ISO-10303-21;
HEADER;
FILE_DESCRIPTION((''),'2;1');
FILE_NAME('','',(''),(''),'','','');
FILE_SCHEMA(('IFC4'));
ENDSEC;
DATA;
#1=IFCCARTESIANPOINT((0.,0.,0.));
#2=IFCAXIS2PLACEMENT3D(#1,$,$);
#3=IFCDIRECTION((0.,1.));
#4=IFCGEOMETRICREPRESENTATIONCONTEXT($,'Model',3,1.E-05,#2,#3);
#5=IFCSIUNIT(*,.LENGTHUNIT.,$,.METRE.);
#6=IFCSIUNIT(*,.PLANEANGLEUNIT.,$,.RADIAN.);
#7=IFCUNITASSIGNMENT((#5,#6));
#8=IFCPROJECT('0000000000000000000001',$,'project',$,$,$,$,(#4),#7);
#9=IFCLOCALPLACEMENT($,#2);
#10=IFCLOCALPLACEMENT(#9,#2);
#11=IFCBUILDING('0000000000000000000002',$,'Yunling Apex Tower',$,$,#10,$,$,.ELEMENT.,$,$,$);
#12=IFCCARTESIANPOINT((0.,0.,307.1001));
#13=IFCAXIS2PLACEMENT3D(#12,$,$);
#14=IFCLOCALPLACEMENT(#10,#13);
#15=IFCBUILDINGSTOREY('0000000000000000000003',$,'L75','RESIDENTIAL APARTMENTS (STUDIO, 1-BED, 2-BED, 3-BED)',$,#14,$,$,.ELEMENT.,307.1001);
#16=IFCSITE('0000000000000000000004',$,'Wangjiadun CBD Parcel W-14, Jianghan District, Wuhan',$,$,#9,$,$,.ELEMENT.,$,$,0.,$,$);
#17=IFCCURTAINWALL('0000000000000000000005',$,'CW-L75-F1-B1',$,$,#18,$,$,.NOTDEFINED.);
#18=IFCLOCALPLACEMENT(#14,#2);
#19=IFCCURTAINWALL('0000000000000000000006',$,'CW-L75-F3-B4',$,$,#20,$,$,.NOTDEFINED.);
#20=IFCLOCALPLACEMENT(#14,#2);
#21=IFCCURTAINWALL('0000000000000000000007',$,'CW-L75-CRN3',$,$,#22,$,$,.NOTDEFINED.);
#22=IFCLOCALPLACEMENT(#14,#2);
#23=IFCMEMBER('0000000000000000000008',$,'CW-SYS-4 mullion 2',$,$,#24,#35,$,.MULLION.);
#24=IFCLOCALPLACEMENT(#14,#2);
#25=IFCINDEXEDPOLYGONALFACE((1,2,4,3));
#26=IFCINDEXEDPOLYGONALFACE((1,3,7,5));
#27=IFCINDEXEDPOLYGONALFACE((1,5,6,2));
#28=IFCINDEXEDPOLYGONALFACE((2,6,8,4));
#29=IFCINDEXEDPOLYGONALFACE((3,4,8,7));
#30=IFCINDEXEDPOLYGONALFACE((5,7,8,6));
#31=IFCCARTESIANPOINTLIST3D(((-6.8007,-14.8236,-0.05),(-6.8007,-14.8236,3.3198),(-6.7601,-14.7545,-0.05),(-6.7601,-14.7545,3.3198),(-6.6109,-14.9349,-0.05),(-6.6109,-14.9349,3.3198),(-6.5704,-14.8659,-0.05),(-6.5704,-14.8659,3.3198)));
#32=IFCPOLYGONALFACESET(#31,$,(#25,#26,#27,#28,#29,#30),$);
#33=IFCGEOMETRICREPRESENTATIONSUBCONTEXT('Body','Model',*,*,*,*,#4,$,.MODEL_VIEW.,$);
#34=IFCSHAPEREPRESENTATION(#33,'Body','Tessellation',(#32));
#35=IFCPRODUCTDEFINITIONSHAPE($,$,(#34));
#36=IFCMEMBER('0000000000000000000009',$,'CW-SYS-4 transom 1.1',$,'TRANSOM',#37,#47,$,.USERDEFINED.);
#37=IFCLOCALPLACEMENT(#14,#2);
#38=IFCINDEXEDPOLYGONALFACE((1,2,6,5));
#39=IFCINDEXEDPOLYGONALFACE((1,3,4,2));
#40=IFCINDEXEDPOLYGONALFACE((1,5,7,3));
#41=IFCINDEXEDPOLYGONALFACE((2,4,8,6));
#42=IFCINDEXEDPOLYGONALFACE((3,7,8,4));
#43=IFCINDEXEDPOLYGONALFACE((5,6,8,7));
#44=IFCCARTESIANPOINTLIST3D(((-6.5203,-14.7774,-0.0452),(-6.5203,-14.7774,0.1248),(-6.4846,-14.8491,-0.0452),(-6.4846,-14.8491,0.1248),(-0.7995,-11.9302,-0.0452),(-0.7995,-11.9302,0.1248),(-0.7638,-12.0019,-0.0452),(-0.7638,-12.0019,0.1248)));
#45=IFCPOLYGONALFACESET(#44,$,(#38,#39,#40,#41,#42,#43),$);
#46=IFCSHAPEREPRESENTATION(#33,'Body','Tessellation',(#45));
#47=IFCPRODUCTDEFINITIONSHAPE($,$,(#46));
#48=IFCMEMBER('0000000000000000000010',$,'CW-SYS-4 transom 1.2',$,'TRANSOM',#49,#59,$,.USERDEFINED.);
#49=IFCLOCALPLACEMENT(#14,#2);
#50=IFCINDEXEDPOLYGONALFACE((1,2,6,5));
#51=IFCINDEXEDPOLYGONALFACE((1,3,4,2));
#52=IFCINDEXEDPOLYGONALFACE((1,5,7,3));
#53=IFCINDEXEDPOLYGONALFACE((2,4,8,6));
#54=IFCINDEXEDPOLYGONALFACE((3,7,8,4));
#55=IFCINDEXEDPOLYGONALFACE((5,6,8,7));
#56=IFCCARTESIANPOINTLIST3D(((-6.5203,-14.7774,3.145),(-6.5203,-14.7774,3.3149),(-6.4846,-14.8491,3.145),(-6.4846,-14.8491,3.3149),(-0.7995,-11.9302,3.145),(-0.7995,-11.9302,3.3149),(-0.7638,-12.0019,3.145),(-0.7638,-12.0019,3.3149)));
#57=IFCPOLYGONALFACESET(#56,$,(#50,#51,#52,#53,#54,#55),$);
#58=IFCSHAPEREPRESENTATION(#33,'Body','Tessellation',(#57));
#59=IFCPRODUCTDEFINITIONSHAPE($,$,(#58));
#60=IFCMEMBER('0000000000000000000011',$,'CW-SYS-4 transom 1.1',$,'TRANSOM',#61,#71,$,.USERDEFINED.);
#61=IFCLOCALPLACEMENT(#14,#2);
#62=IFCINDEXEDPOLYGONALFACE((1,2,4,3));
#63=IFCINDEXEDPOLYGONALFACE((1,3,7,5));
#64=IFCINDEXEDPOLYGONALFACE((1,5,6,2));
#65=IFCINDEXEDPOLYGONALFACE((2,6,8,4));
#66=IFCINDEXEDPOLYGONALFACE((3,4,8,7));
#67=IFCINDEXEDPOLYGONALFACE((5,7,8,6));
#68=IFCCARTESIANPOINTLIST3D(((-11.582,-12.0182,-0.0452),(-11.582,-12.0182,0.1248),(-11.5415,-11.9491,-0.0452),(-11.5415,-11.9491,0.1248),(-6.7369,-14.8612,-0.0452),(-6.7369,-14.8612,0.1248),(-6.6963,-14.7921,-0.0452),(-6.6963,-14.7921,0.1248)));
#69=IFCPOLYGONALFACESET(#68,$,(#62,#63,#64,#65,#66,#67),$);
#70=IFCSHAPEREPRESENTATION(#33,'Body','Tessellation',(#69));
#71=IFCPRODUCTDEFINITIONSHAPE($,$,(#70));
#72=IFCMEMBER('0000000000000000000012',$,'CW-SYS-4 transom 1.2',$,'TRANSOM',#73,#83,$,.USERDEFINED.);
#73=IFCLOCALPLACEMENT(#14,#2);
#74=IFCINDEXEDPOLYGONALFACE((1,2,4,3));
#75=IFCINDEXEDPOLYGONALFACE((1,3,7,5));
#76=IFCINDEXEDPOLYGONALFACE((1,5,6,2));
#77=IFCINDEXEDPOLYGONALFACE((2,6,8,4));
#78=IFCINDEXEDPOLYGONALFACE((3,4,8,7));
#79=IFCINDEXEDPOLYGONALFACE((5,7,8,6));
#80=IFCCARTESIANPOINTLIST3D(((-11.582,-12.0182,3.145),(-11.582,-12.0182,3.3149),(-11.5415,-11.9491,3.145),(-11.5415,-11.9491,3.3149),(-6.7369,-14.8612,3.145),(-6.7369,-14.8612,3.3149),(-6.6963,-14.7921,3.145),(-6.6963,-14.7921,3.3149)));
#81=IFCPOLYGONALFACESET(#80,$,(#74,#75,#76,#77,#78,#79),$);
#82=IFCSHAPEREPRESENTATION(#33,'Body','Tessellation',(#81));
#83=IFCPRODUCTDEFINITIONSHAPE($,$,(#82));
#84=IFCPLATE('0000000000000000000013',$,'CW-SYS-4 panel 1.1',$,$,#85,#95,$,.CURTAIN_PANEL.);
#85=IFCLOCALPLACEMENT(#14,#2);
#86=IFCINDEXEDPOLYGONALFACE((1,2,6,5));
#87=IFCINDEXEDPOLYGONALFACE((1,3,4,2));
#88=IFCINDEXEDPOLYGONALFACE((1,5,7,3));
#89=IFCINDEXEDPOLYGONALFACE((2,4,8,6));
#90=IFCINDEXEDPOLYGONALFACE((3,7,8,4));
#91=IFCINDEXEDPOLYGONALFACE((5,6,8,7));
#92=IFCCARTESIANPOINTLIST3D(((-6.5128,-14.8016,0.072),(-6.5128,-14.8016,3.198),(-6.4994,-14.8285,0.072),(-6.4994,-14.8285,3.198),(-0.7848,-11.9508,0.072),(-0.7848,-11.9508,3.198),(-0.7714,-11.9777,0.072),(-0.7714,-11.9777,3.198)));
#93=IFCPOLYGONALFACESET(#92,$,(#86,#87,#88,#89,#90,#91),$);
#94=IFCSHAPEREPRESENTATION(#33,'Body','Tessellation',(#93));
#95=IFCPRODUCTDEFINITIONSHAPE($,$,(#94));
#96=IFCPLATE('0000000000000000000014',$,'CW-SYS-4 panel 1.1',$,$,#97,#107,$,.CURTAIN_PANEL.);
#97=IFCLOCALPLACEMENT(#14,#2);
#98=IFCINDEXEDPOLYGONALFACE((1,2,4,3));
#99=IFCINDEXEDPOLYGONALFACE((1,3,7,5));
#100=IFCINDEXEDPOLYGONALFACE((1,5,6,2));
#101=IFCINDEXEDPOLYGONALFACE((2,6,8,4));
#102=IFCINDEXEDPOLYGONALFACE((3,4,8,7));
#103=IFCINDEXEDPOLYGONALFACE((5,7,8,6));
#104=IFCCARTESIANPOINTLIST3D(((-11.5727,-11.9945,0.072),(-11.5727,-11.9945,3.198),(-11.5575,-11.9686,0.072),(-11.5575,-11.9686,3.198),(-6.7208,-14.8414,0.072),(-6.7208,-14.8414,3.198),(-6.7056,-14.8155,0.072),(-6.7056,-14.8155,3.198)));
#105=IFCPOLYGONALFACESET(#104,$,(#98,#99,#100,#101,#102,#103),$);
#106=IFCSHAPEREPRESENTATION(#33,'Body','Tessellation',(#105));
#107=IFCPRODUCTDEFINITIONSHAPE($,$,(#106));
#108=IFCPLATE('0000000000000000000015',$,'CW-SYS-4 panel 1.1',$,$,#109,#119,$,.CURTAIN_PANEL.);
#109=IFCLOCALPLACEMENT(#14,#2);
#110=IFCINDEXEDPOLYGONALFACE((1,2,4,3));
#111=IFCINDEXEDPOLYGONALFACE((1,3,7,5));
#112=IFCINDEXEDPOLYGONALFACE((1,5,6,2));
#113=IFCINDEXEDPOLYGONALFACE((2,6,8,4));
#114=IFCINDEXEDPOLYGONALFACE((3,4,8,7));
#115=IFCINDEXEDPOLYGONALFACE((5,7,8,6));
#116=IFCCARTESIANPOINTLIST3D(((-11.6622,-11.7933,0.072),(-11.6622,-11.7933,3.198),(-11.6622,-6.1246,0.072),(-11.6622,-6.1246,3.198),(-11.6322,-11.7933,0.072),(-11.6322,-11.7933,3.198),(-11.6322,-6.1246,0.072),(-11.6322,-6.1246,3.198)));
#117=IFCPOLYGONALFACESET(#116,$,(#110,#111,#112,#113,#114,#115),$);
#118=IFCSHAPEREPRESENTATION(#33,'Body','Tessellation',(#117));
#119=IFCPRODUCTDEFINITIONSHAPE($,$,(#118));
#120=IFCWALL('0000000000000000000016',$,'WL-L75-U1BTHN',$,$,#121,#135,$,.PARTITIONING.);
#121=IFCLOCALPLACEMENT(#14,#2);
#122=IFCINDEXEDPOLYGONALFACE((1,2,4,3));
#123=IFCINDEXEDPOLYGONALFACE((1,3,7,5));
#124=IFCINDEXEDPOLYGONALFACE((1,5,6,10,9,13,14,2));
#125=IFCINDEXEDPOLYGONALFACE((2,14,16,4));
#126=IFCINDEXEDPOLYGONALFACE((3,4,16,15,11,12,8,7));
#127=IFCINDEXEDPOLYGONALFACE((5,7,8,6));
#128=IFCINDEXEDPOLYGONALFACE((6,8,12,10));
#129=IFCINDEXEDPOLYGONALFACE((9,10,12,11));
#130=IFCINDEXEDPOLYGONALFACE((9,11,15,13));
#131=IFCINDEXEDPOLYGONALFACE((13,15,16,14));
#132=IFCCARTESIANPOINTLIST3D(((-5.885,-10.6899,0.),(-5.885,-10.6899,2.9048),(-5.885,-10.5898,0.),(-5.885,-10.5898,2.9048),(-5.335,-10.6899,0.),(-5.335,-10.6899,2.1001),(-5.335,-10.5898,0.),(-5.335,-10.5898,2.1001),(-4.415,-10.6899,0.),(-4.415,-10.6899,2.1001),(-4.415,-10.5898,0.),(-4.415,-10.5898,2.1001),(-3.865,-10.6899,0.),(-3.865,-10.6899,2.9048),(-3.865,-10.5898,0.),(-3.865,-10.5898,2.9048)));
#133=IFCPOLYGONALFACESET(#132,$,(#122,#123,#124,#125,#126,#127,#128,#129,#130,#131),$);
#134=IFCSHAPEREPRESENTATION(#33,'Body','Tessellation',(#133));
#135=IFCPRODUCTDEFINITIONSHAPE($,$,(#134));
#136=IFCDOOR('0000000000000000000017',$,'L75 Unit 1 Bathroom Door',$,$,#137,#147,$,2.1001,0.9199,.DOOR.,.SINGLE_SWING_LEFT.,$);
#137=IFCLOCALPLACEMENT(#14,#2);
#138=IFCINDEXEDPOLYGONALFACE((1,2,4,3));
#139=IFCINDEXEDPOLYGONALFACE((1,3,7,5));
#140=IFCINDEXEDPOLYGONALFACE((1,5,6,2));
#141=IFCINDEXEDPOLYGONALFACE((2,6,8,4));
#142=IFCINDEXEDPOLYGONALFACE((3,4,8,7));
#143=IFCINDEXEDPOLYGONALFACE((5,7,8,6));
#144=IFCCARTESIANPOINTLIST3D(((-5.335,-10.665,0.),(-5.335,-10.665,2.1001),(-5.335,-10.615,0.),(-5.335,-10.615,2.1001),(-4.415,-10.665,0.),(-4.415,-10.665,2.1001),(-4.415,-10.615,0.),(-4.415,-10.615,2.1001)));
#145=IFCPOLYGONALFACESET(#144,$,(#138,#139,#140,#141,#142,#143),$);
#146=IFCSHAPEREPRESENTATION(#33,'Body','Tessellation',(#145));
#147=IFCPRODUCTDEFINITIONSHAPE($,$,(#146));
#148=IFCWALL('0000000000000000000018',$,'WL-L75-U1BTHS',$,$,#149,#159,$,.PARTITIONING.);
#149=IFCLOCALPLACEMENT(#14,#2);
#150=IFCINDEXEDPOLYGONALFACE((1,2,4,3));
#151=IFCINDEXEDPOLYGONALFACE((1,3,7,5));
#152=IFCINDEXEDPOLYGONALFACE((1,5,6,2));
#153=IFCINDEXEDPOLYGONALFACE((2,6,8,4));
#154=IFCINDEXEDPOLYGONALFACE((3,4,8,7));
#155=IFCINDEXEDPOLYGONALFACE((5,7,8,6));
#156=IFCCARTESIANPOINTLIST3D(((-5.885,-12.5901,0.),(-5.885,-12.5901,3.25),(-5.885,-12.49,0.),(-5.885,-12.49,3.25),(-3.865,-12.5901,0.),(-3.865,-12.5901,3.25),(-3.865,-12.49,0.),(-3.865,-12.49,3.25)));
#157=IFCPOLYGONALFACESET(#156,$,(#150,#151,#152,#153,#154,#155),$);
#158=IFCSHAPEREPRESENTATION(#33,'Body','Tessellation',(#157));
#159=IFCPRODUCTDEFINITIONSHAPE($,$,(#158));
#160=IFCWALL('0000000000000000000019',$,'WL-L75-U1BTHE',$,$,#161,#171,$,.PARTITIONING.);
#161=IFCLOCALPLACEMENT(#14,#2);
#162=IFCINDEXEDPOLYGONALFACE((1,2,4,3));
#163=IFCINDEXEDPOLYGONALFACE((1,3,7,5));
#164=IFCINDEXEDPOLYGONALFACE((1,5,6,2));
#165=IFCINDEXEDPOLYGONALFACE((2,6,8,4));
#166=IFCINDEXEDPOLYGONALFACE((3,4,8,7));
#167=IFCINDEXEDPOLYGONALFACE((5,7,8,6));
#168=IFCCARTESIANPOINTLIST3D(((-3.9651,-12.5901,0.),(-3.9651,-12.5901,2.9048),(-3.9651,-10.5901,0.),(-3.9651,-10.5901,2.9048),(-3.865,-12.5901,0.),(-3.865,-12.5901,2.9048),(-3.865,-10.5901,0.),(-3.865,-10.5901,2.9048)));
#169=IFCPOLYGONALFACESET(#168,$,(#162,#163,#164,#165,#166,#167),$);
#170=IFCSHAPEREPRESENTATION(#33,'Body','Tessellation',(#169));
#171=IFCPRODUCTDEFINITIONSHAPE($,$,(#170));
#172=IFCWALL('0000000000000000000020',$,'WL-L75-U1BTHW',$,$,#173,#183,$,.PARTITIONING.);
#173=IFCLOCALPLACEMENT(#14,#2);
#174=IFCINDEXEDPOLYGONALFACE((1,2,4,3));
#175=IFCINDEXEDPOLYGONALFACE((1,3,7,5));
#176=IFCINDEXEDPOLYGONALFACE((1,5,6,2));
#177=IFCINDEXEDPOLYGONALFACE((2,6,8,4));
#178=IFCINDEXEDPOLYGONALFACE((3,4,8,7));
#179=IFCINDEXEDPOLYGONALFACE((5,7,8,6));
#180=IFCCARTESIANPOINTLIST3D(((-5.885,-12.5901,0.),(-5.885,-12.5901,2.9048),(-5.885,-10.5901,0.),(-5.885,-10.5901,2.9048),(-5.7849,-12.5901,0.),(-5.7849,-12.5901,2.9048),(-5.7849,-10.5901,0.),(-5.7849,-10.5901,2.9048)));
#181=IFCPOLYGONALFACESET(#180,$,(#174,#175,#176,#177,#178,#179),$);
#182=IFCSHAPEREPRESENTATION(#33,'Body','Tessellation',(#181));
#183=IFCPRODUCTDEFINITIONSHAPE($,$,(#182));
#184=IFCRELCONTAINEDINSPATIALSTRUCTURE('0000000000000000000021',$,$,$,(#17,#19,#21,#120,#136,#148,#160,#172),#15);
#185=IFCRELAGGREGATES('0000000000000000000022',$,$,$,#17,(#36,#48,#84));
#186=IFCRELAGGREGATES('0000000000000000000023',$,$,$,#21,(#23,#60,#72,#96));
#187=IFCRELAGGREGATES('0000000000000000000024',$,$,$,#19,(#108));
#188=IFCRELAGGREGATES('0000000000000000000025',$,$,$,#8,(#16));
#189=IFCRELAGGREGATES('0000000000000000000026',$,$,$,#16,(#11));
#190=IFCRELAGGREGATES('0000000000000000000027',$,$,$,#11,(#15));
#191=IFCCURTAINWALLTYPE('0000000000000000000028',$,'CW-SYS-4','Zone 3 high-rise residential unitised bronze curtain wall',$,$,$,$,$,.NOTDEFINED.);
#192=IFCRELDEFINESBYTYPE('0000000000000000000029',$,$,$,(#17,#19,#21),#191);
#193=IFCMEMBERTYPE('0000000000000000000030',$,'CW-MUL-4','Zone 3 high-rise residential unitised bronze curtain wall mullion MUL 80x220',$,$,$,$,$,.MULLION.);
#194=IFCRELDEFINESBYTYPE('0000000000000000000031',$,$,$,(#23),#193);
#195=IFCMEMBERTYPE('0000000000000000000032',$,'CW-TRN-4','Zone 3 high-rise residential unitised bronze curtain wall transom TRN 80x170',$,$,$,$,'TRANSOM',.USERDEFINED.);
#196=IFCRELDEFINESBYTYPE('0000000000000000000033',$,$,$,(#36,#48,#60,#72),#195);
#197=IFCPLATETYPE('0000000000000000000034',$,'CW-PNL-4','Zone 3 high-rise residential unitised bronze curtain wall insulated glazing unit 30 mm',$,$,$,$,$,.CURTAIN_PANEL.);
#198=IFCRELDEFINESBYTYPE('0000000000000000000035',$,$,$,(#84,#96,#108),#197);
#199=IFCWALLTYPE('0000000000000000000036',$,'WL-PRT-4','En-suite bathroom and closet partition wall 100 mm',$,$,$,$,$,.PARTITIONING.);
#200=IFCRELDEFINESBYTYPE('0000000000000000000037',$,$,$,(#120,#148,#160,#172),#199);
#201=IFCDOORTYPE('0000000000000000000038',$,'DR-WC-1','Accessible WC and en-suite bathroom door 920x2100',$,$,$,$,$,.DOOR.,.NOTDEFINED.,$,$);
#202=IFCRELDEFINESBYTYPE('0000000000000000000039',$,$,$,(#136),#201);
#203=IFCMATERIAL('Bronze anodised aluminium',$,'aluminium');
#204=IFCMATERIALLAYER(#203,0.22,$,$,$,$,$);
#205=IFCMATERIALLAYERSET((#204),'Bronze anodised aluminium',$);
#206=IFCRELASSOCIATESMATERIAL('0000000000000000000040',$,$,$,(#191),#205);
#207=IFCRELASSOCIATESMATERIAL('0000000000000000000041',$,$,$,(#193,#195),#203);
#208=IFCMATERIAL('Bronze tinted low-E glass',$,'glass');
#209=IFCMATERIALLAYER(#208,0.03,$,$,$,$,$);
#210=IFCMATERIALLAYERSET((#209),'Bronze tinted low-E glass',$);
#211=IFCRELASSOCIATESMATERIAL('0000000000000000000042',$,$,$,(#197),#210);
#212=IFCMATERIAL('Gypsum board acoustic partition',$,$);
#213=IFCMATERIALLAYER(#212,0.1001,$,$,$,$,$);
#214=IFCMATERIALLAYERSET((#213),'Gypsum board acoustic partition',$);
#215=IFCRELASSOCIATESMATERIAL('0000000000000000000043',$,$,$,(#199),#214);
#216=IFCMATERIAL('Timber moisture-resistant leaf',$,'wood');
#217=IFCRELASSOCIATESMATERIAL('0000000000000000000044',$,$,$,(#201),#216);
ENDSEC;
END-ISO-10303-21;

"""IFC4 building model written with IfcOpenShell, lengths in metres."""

from ifc_helpers import new_model, si_unit, direction, frame, frame_2d, origin, origin_2d, place, context, subcontext, project, spatial, rectangle, extrude, source, transform, mapped, material, layer, layer_set, material_profile, profile_set, type_object, element, fill, aggregate, save


model = new_model("IFC4")

# Units and contexts
model_context = context("Model", 3, precision=1e-05, world=origin(), true_north=direction((0.0, 1.0)))
body_context = subcontext(model_context, "Body", "Model", "MODEL_VIEW")
ifc_project = project(units=[si_unit("LENGTHUNIT", "METRE"), si_unit("PLANEANGLEUNIT", "RADIAN")], contexts=[model_context])

# Site, building, storey
site_placement = place(None, origin())
site = spatial("IfcSite", under=ifc_project, at=site_placement, Name="Wangjiadun CBD Parcel W-14, Jianghan District, Wuhan", CompositionType="ELEMENT", RefElevation=0.0)
building_placement = place(site_placement, origin())
building = spatial("IfcBuilding", under=site, at=building_placement, Name="Yunling Apex Tower", CompositionType="ELEMENT")
storey_placement = place(building_placement, frame((0.0, 0.0, 307.1001)))
storey = spatial("IfcBuildingStorey", under=building, at=storey_placement, Name="L75", Description="RESIDENTIAL APARTMENTS (STUDIO, 1-BED, 2-BED, 3-BED)", CompositionType="ELEMENT", Elevation=307.1001)

# Curtain walls
ifc_material_1 = material(Name="Bronze anodised aluminium", Category="aluminium")
ifc_layer_1 = layer(ifc_material_1, 0.22)
ifc_layer_set_1 = layer_set([ifc_layer_1], Name="Bronze anodised aluminium")
curtain_wall_type = type_object("IfcCurtainWallType", Name="CW-SYS-4", Description="Zone 3 high-rise residential unitised bronze curtain wall", PredefinedType="NOTDEFINED", material=ifc_layer_set_1)
curtain_wall_1_placement = place(storey_placement, origin())
curtain_wall_1 = element("IfcCurtainWall", 1, at=curtain_wall_1_placement, inside=storey, type_object=curtain_wall_type, Name="CW-L75-F1-B1", PredefinedType="NOTDEFINED")
ifc_material_profile_1 = material_profile(ifc_material_1, rectangle(XDim=0.0801, YDim=0.22, at=origin_2d()))
ifc_profile_set_1 = profile_set([ifc_material_profile_1], Name="Bronze anodised aluminium")
member_type_1 = type_object("IfcMemberType", Name="CW-MUL-4", Description="Zone 3 high-rise residential unitised bronze curtain wall mullion MUL 80x220", PredefinedType="MULLION", material=ifc_profile_set_1)
shared_shape_1 = source(origin(), body_context, "Body", "SweptSolid", [
    extrude(rectangle(XDim=0.0801, YDim=0.22, at=origin_2d()), origin(), (0.0, 0.0, 1.0), 3.3699),
])
curtain_wall_2_placement = place(storey_placement, origin())
curtain_wall_2 = element("IfcCurtainWall", 2, at=curtain_wall_2_placement, inside=storey, type_object=curtain_wall_type, Name="CW-L75-F3-B4", PredefinedType="NOTDEFINED")

# Curtain wall, member
curtain_wall_3_placement = place(storey_placement, origin())
curtain_wall_3 = element("IfcCurtainWall", 3, at=curtain_wall_3_placement, inside=storey, type_object=curtain_wall_type, Name="CW-L75-CRN3", PredefinedType="NOTDEFINED")
member_1_placement = place(storey_placement, frame((-6.6855, -14.8447, -0.05), z_axis=(0.0, 0.0, 1.0), x_axis=(0.50607, 0.862492, 0.0)))
member_1 = element("IfcMember", 4, at=member_1_placement, type_object=member_type_1, Name="CW-SYS-4 mullion 2", PredefinedType="MULLION", context=body_context, shape_type="MappedRepresentation", body=[
    mapped(shared_shape_1, transform((0.0, 0.0, 0.0), scale=1.0)),
])

# Members
ifc_material_profile_2 = material_profile(ifc_material_1, rectangle(XDim=0.0801, YDim=0.1699, at=origin_2d()))
ifc_profile_set_2 = profile_set([ifc_material_profile_2], Name="Bronze anodised aluminium")
member_type_2 = type_object("IfcMemberType", Name="CW-TRN-4", Description="Zone 3 high-rise residential unitised bronze curtain wall transom TRN 80x170", ElementType="TRANSOM", PredefinedType="USERDEFINED", material=ifc_profile_set_2)
shared_shape_2 = source(origin(), body_context, "Body", "SweptSolid", [
    extrude(rectangle(XDim=0.0801, YDim=0.1699, at=origin_2d()), origin(), (0.0, 0.0, 1.0), 6.3901),
])
member_2_placement = place(storey_placement, frame((-6.5024, -14.8132, 0.0398), z_axis=(0.895251, 0.445562, 0.0), x_axis=(-0.445562, 0.895251, 0.0)))
member_2 = element("IfcMember", 5, at=member_2_placement, type_object=member_type_2, Name="CW-SYS-4 transom 1.1", ObjectType="TRANSOM", PredefinedType="USERDEFINED", context=body_context, shape_type="MappedRepresentation", body=[
    mapped(shared_shape_2, transform((0.0, 0.0, 0.0), scale=1.0)),
])
member_3_placement = place(storey_placement, frame((-6.5024, -14.8132, 3.23), z_axis=(0.895251, 0.445562, 0.0), x_axis=(-0.445562, 0.895251, 0.0)))
member_3 = element("IfcMember", 6, at=member_3_placement, type_object=member_type_2, Name="CW-SYS-4 transom 1.2", ObjectType="TRANSOM", PredefinedType="USERDEFINED", context=body_context, shape_type="MappedRepresentation", body=[
    mapped(shared_shape_2, transform((0.0, 0.0, 0.0), scale=1.0)),
])
shared_shape_3 = source(origin(), body_context, "Body", "SweptSolid", [
    extrude(rectangle(XDim=0.0801, YDim=0.1699, at=origin_2d()), origin(), (0.0, 0.0, 1.0), 5.6177),
])
member_4_placement = place(storey_placement, frame((-11.5618, -11.9836, 0.0398), z_axis=(0.862487, -0.50608, 0.0), x_axis=(0.50608, 0.862487, 0.0)))
member_4 = element("IfcMember", 7, at=member_4_placement, type_object=member_type_2, Name="CW-SYS-4 transom 1.1", ObjectType="TRANSOM", PredefinedType="USERDEFINED", context=body_context, shape_type="MappedRepresentation", body=[
    mapped(shared_shape_3, transform((0.0, 0.0, 0.0), scale=1.0)),
])
member_5_placement = place(storey_placement, frame((-11.5618, -11.9836, 3.23), z_axis=(0.862487, -0.50608, 0.0), x_axis=(0.50608, 0.862487, 0.0)))
member_5 = element("IfcMember", 8, at=member_5_placement, type_object=member_type_2, Name="CW-SYS-4 transom 1.2", ObjectType="TRANSOM", PredefinedType="USERDEFINED", context=body_context, shape_type="MappedRepresentation", body=[
    mapped(shared_shape_3, transform((0.0, 0.0, 0.0), scale=1.0)),
])

# Plates
ifc_material_2 = material(Name="Bronze tinted low-E glass", Category="glass")
ifc_layer_2 = layer(ifc_material_2, 0.03)
ifc_layer_set_2 = layer_set([ifc_layer_2], Name="Bronze tinted low-E glass")
plate_type = type_object("IfcPlateType", Name="CW-PNL-4", Description="Zone 3 high-rise residential unitised bronze curtain wall insulated glazing unit 30 mm", PredefinedType="CURTAIN_PANEL", material=ifc_layer_set_2)
shared_shape_4 = source(origin(), body_context, "Body", "SweptSolid", [
    extrude(rectangle(XDim=6.3982, YDim=0.03, at=origin_2d()), origin(), (0.0, 0.0, 1.0), 3.126),
])
plate_1_placement = place(storey_placement, frame((-3.6421, -13.3896, 0.072), z_axis=(0.0, 0.0, 1.0), x_axis=(0.895248, 0.445568, 0.0)))
plate_1 = element("IfcPlate", 9, at=plate_1_placement, type_object=plate_type, Name="CW-SYS-4 panel 1.1", PredefinedType="CURTAIN_PANEL", context=body_context, shape_type="MappedRepresentation", body=[
    mapped(shared_shape_4, transform((0.0, 0.0, 0.0), scale=1.0)),
])
aggregate(curtain_wall_1, [member_2, member_3, plate_1])
shared_shape_5 = source(origin(), body_context, "Body", "SweptSolid", [
    extrude(rectangle(XDim=5.6255, YDim=0.03, at=origin_2d()), origin(), (0.0, 0.0, 1.0), 3.126),
])
plate_2_placement = place(storey_placement, frame((-9.1392, -13.405, 0.072), z_axis=(0.0, 0.0, 1.0), x_axis=(0.862492, -0.50607, 0.0)))
plate_2 = element("IfcPlate", 10, at=plate_2_placement, type_object=plate_type, Name="CW-SYS-4 panel 1.1", PredefinedType="CURTAIN_PANEL", context=body_context, shape_type="MappedRepresentation", body=[
    mapped(shared_shape_5, transform((0.0, 0.0, 0.0), scale=1.0)),
])
aggregate(curtain_wall_3, [member_1, member_4, member_5, plate_2])
shared_shape_6 = source(origin(), body_context, "Body", "SweptSolid", [
    extrude(rectangle(XDim=5.6687, YDim=0.03, at=origin_2d()), origin(), (0.0, 0.0, 1.0), 3.126),
])
plate_3_placement = place(storey_placement, frame((-11.6472, -8.959, 0.072), z_axis=(0.0, 0.0, 1.0), x_axis=(0.0, -1.0, 0.0)))
plate_3 = element("IfcPlate", 11, at=plate_3_placement, type_object=plate_type, Name="CW-SYS-4 panel 1.1", PredefinedType="CURTAIN_PANEL", context=body_context, shape_type="MappedRepresentation", body=[
    mapped(shared_shape_6, transform((0.0, 0.0, 0.0), scale=1.0)),
])
aggregate(curtain_wall_2, [plate_3])

# Wall, opening, door
ifc_material_3 = material(Name="Gypsum board acoustic partition")
ifc_layer_3 = layer(ifc_material_3, 0.1001)
ifc_layer_set_3 = layer_set([ifc_layer_3], Name="Gypsum board acoustic partition")
wall_type = type_object("IfcWallType", Name="WL-PRT-4", Description="En-suite bathroom and closet partition wall 100 mm", PredefinedType="PARTITIONING", material=ifc_layer_set_3)
wall_1_placement = place(storey_placement, frame((-5.885, -10.6399, 0.0), z_axis=(0.0, 0.0, 1.0), x_axis=(1.0, 0.0, 0.0)))
wall_1 = element("IfcWall", 12, at=wall_1_placement, inside=storey, type_object=wall_type, Name="WL-L75-U1BTHN", PredefinedType="PARTITIONING", context=body_context, shape_type="SweptSolid", body=[
    extrude(rectangle(XDim=2.02, YDim=0.1001, at=frame_2d((1.01, 0.0))), origin(), (0.0, 0.0, 1.0), 2.9048),
])
opening_1_placement = place(wall_1_placement, frame((0.55, 0.0, 0.0)))
opening_1 = element("IfcOpeningElement", 13, at=opening_1_placement, cuts=wall_1, PredefinedType="OPENING", context=body_context, shape_type="SweptSolid", body=[
    extrude(rectangle(XDim=0.9199, YDim=2.1001, at=frame_2d((0.46, 1.05))), frame((0.0, 0.0601, 0.0), z_axis=(0.0, -1.0, 0.0), x_axis=(1.0, 0.0, 0.0)), (0.0, 0.0, 1.0), 0.1201),
])
ifc_material_4 = material(Name="Timber moisture-resistant leaf", Category="wood")
door_type_1 = type_object("IfcDoorType", Name="DR-WC-1", Description="Accessible WC and en-suite bathroom door 920x2100", OperationType="NOTDEFINED", PredefinedType="DOOR", material=ifc_material_4)
door_1_placement = place(opening_1_placement, origin())
door_1 = element("IfcDoor", 14, at=door_1_placement, inside=storey, type_object=door_type_1, Name="L75 Unit 1 Bathroom Door", OperationType="SINGLE_SWING_LEFT", OverallHeight=2.1001, OverallWidth=0.9199, PredefinedType="DOOR", context=body_context, shape_type="SweptSolid", body=[
    extrude(rectangle(XDim=0.9199, YDim=2.1001, at=frame_2d((0.46, 1.05))), frame((0.0, 0.0249, 0.0), z_axis=(0.0, -1.0, 0.0), x_axis=(1.0, 0.0, 0.0)), (0.0, 0.0, 1.0), 0.05),
])
fill(opening_1, door_1)

# Walls
wall_2_placement = place(storey_placement, frame((-3.865, -12.54, 0.0), z_axis=(0.0, 0.0, 1.0), x_axis=(-1.0, 0.0, 0.0)))
element("IfcWall", 15, at=wall_2_placement, inside=storey, type_object=wall_type, Name="WL-L75-U1BTHS", PredefinedType="PARTITIONING", context=body_context, shape_type="SweptSolid", body=[
    extrude(rectangle(XDim=2.02, YDim=0.1001, at=frame_2d((1.01, 0.0))), origin(), (0.0, 0.0, 1.0), 3.25),
])
for number, where, z_axis, x_axis, name in (
    (16, (-3.915, -10.5901, 0.0), (0.0, 0.0, 1.0), (0.0, -1.0, 0.0), "WL-L75-U1BTHE"),
    (17, (-5.835, -12.5901, 0.0), (0.0, 0.0, 1.0), (0.0, 1.0, 0.0), "WL-L75-U1BTHW"),
):
    element("IfcWall", number, at=place(storey_placement, frame(where, z_axis=z_axis, x_axis=x_axis)), inside=storey, type_object=wall_type, Name=name, PredefinedType="PARTITIONING", context=body_context, shape_type="SweptSolid", body=[
        extrude(rectangle(XDim=2.0, YDim=0.1001, at=frame_2d((1.0, 0.0))), origin(), (0.0, 0.0, 1.0), 2.9048),
    ])

save(model, "model.ifc")
